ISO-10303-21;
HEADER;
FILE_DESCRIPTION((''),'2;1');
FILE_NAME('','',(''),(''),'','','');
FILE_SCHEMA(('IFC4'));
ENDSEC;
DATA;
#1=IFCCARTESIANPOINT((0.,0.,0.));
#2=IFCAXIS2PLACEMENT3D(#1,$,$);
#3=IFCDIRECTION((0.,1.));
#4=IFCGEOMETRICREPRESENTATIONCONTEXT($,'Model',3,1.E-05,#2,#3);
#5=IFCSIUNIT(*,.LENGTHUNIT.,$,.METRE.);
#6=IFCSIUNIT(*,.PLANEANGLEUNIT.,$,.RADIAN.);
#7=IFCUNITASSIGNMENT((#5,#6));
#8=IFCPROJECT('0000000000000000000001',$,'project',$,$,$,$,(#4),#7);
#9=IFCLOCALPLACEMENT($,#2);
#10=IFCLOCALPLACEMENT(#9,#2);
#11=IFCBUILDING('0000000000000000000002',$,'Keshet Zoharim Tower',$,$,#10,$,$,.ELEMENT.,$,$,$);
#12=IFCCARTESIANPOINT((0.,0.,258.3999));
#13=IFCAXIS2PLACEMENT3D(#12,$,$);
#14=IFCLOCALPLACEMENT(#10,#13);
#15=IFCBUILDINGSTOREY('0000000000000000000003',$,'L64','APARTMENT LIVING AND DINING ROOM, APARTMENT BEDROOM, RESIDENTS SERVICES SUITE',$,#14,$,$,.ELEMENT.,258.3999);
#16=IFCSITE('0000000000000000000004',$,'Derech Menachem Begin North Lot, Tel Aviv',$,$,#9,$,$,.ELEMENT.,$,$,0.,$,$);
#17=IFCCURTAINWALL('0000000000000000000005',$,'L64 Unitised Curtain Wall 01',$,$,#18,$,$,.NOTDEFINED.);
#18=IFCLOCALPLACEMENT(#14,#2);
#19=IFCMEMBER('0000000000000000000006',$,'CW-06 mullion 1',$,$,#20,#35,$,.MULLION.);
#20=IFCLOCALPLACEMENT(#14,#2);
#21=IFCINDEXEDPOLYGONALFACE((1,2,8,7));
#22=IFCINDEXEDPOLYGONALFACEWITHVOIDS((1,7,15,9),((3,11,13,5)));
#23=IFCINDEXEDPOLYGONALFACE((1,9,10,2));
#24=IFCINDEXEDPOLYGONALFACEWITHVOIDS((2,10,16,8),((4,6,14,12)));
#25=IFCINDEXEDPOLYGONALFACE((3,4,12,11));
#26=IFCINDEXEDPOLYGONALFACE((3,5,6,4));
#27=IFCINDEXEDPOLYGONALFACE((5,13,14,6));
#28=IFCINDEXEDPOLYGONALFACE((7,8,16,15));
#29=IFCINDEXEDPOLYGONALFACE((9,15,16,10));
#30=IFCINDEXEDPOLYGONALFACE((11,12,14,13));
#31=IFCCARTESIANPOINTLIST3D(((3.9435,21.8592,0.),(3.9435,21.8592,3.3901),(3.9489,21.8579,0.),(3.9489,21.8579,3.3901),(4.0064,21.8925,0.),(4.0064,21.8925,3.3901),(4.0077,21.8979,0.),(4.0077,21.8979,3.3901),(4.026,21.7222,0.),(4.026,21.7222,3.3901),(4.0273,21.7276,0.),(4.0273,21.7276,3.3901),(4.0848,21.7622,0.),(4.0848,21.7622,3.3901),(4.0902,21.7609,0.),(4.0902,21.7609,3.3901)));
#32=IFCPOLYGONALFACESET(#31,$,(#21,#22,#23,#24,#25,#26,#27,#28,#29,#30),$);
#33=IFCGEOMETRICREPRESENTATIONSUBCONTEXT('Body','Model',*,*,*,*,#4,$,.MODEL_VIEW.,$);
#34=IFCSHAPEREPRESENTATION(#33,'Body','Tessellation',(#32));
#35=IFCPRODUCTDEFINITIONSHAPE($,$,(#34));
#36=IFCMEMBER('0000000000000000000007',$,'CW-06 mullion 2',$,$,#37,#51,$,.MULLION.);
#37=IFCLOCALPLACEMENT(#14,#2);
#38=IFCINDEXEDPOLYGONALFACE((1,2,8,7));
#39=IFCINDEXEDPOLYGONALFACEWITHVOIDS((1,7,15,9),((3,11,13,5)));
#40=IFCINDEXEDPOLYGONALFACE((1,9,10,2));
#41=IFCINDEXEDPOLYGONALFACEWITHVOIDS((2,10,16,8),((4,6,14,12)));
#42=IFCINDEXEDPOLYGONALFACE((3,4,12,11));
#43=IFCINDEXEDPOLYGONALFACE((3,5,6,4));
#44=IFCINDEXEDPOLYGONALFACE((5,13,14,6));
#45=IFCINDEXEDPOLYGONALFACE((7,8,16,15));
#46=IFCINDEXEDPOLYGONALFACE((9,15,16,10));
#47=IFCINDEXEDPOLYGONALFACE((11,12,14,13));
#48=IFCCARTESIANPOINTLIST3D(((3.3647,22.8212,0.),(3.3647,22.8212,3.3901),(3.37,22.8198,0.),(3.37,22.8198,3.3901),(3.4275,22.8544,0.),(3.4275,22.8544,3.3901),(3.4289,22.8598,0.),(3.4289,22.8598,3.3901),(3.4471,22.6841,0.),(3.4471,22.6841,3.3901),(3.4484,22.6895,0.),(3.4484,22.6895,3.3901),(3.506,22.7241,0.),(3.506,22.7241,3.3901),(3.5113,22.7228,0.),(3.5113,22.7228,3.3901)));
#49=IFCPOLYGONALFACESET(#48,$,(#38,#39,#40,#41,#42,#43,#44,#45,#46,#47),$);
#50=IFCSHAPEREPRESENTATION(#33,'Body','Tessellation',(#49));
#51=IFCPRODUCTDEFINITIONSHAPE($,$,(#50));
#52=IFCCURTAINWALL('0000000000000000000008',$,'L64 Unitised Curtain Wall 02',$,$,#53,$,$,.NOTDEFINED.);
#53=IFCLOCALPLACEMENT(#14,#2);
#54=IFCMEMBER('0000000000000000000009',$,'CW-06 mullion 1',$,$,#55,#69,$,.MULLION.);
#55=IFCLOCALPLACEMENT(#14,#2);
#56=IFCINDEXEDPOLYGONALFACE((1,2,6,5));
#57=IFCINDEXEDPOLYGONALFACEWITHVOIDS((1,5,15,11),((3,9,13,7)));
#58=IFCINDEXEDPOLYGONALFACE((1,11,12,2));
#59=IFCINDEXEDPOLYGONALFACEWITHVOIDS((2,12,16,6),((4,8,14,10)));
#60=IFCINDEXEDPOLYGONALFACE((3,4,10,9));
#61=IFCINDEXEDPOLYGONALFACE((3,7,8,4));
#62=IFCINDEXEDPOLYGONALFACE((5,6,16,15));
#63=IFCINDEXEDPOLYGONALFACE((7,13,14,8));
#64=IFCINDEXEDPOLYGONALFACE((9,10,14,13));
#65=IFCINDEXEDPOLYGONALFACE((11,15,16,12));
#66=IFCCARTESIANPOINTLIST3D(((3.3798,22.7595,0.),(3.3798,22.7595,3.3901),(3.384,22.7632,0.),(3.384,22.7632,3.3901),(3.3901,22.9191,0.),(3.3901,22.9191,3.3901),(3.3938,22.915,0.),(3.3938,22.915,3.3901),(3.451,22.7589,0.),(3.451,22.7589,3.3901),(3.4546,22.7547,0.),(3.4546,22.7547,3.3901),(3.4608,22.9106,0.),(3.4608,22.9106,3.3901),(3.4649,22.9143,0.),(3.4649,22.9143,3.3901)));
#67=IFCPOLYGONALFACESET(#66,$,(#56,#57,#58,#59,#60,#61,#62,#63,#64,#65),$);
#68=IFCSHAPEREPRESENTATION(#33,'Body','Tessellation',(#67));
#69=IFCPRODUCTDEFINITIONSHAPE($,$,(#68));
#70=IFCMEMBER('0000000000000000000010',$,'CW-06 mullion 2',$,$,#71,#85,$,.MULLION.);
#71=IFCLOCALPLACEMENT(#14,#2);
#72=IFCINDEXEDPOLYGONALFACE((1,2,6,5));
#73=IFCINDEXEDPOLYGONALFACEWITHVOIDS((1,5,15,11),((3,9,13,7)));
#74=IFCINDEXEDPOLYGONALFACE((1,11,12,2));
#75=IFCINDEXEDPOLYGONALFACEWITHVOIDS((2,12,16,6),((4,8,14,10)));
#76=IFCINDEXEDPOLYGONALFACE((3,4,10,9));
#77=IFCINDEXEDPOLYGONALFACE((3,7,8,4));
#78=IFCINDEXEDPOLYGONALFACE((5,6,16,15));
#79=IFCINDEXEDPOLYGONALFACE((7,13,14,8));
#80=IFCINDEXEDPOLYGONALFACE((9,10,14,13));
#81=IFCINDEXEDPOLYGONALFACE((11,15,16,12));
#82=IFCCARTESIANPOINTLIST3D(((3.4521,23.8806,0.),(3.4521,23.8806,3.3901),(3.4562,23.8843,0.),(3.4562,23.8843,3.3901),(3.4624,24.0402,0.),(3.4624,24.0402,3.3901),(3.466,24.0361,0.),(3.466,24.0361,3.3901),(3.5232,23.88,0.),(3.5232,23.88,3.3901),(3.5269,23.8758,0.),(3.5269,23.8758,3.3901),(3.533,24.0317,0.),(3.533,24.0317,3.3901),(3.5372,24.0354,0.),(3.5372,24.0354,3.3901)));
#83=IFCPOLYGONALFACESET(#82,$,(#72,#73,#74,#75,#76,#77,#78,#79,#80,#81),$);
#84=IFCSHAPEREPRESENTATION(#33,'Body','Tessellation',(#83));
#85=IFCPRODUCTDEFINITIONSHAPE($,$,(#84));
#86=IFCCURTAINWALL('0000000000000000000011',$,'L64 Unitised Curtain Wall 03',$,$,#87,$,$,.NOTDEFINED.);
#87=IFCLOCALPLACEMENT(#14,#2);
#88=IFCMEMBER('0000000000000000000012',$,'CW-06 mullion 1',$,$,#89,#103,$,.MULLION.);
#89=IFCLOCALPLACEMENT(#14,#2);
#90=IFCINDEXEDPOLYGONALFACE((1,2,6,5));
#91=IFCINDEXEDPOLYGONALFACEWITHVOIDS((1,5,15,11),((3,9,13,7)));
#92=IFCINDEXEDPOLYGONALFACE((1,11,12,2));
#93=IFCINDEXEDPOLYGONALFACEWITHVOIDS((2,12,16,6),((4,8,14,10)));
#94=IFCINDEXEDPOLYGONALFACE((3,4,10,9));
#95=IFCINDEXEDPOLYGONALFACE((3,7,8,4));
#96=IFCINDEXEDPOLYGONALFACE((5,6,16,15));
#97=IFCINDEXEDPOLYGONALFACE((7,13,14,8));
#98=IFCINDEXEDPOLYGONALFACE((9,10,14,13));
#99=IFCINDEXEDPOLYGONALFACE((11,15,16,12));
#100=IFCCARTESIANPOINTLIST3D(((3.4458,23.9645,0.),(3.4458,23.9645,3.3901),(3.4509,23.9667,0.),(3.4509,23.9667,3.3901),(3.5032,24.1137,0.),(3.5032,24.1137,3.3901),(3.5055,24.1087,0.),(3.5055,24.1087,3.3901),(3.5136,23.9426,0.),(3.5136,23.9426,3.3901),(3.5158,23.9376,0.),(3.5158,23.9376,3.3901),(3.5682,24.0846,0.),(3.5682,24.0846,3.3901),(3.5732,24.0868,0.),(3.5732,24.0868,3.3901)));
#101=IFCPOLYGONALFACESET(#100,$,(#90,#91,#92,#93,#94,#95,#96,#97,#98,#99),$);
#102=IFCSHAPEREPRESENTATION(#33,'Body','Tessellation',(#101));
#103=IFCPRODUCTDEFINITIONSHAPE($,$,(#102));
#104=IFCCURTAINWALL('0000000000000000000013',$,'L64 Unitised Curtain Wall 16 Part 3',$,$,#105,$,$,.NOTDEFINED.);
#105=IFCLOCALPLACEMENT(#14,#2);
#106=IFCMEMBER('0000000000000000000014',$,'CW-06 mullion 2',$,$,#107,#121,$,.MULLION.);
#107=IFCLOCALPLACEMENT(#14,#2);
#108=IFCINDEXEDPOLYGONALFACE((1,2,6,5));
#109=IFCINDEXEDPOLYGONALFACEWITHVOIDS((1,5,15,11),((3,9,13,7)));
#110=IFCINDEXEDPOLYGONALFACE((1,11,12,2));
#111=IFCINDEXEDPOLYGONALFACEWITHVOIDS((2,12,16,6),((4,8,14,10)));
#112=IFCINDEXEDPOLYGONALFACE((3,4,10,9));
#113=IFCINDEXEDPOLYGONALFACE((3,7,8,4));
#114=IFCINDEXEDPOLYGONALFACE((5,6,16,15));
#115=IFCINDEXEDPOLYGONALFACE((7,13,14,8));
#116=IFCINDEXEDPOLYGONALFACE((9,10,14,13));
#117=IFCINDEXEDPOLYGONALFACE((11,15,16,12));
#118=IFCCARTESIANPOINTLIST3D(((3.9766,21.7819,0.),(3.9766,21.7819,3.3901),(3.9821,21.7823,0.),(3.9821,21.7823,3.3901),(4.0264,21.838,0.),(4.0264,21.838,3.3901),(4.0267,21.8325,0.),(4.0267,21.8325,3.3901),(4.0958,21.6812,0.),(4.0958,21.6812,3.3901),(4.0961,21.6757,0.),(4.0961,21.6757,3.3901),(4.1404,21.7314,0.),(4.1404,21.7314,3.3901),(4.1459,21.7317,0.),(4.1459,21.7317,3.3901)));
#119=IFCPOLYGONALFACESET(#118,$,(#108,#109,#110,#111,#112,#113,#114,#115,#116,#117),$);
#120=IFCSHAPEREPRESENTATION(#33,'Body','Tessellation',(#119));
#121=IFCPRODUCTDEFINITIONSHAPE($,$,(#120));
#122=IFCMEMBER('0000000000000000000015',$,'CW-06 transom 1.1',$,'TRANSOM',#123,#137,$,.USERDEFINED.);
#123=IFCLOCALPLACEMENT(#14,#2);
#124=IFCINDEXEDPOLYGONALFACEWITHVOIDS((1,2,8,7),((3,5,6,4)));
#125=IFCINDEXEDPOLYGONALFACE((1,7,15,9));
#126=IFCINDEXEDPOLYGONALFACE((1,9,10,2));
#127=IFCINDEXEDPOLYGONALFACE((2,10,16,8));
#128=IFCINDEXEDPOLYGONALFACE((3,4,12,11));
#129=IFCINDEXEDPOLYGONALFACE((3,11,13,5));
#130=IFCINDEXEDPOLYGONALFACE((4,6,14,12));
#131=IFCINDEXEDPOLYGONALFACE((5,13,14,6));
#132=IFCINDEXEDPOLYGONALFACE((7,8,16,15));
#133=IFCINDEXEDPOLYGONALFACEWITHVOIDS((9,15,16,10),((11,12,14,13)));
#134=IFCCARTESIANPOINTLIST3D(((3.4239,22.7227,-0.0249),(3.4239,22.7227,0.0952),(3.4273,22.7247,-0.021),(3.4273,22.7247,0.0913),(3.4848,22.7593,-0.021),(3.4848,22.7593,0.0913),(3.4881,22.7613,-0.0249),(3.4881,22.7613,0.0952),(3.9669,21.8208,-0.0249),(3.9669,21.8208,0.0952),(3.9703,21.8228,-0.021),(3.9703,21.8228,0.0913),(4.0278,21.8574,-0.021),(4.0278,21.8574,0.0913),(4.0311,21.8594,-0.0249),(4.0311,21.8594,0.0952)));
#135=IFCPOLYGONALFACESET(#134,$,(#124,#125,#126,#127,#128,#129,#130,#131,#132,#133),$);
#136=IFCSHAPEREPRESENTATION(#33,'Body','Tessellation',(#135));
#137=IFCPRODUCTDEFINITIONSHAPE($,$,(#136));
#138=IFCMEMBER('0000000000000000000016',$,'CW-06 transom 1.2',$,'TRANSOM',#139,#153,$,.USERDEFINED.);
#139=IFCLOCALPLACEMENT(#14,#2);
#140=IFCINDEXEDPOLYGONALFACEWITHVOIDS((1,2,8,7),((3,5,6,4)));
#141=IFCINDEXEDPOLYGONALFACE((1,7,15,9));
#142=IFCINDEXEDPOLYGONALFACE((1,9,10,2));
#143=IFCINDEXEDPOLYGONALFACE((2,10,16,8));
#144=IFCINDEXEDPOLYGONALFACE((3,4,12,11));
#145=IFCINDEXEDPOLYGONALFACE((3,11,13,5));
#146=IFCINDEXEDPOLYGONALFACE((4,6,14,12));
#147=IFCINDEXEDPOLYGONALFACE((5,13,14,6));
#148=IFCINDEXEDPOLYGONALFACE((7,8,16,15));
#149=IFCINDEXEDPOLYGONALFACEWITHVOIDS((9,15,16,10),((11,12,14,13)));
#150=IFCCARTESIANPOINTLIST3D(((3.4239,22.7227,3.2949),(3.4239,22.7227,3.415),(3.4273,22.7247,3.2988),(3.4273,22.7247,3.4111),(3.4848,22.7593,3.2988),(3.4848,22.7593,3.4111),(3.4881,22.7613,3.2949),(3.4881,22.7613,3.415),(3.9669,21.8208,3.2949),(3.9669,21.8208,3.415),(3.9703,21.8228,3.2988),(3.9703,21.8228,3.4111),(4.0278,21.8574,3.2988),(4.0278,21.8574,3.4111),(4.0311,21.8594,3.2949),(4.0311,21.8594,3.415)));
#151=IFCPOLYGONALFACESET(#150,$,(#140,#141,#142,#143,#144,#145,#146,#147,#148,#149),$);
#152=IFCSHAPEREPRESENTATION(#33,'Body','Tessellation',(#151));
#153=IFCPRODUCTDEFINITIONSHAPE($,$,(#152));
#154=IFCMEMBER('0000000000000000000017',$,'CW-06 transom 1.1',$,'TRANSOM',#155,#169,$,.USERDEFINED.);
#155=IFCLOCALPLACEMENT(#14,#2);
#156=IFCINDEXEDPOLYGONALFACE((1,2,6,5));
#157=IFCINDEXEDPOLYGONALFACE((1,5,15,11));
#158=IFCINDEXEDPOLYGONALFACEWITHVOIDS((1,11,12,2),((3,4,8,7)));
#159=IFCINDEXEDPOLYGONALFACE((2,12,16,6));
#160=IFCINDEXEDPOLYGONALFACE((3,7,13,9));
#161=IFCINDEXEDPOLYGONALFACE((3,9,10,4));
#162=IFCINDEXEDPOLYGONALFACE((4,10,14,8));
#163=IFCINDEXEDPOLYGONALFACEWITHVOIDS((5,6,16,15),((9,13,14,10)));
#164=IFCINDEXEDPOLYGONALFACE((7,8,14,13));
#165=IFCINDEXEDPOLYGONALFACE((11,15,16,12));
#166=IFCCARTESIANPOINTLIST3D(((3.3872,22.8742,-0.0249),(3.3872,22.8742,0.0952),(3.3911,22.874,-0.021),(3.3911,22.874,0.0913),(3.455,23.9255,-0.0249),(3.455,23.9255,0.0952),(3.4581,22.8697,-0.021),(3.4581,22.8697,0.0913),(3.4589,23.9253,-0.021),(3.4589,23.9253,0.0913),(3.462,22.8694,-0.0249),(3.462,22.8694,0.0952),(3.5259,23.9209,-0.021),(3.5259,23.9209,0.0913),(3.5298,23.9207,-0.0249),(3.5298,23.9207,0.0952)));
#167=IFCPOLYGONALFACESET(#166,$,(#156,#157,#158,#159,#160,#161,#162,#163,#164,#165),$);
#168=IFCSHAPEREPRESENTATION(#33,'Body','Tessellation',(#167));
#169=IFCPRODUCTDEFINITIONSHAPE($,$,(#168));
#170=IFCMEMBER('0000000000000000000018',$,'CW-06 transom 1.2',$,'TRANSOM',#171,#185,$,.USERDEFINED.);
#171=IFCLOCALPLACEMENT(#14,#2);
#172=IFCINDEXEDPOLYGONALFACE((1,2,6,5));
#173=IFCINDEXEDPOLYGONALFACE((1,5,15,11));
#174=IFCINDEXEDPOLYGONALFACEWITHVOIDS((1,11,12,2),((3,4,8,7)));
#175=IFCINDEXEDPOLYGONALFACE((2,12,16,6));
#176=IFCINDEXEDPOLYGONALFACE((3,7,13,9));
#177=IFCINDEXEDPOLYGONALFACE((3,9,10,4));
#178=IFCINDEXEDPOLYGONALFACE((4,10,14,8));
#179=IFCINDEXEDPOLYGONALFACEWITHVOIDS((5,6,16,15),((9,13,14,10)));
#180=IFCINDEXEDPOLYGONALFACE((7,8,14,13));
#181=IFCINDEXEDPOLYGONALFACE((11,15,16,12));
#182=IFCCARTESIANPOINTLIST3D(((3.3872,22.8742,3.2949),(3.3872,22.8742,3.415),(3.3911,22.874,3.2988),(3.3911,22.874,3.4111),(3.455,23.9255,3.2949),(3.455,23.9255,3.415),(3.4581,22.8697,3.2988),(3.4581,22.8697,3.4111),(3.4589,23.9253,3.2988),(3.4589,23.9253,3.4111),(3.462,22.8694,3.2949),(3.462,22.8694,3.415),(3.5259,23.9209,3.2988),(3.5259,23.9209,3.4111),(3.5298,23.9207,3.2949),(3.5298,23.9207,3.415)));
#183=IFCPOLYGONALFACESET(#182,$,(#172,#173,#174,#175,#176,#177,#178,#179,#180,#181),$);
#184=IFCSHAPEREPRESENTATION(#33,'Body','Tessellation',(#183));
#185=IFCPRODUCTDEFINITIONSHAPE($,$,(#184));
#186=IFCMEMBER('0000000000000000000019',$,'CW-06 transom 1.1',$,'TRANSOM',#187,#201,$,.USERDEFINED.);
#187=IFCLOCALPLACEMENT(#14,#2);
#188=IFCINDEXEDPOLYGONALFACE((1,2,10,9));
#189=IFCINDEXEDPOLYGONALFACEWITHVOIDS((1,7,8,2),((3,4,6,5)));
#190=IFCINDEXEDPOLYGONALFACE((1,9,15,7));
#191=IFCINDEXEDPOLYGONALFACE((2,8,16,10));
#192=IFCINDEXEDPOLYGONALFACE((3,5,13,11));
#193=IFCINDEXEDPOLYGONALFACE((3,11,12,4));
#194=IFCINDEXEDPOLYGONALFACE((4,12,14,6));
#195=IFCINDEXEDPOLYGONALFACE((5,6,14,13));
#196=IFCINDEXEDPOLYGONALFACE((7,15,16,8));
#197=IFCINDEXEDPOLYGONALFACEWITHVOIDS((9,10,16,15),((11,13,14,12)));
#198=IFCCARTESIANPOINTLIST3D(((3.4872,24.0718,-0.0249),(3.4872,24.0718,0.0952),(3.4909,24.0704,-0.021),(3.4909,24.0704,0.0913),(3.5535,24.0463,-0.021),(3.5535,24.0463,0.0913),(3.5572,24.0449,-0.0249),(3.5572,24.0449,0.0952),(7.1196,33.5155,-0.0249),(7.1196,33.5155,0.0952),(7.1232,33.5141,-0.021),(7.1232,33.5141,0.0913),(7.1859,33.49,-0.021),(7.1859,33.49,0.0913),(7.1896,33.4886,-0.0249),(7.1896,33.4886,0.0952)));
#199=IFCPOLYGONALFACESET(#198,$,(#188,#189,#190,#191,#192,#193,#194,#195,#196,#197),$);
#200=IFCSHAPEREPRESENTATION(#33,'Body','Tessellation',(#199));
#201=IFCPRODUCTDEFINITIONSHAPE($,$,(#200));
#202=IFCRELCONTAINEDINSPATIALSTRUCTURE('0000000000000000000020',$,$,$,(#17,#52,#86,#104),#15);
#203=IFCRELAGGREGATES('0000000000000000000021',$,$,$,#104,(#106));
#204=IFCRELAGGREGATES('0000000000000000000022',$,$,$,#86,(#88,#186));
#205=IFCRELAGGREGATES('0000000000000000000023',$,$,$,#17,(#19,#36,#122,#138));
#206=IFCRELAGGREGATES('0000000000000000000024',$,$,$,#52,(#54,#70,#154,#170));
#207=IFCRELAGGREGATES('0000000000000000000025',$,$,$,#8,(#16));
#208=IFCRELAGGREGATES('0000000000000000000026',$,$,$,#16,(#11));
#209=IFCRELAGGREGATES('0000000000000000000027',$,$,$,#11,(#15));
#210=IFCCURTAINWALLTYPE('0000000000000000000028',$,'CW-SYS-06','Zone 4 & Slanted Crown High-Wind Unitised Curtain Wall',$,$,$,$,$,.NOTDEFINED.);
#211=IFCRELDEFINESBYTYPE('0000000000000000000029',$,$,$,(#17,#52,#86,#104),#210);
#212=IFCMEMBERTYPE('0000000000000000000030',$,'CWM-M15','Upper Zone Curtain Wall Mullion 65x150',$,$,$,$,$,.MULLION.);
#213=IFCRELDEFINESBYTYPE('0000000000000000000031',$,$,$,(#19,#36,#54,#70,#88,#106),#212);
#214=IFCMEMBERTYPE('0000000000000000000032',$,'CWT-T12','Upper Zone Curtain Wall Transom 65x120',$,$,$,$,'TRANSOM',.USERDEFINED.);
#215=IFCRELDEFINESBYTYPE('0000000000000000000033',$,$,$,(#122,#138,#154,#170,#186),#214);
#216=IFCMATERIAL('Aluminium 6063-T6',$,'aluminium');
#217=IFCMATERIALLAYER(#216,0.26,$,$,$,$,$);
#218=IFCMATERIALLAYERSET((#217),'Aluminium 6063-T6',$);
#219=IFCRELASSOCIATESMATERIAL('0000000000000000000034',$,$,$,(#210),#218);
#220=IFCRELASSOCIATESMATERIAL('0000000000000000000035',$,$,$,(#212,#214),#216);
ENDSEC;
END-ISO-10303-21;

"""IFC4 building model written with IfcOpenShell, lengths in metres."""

from ifc_helpers import new_model, si_unit, direction, frame, origin, origin_2d, place, context, subcontext, project, spatial, hollow_rectangle, extrude, material, layer, layer_set, material_profile, profile_set, type_object, element, aggregate, save


model = new_model("IFC4")

# Units and contexts
model_context = context("Model", 3, precision=1e-05, world=origin(), true_north=direction((0.0, 1.0)))
body_context = subcontext(model_context, "Body", "Model", "MODEL_VIEW")
ifc_project = project(units=[si_unit("LENGTHUNIT", "METRE"), si_unit("PLANEANGLEUNIT", "RADIAN")], contexts=[model_context])

# Site, building, storey
site_placement = place(None, origin())
site = spatial("IfcSite", under=ifc_project, at=site_placement, Name="Derech Menachem Begin North Lot, Tel Aviv", CompositionType="ELEMENT", RefElevation=0.0)
building_placement = place(site_placement, origin())
building = spatial("IfcBuilding", under=site, at=building_placement, Name="Keshet Zoharim Tower", CompositionType="ELEMENT")
storey_placement = place(building_placement, frame((0.0, 0.0, 258.3999)))
storey = spatial("IfcBuildingStorey", under=building, at=storey_placement, Name="L64", Description="APARTMENT LIVING AND DINING ROOM, APARTMENT BEDROOM, RESIDENTS SERVICES SUITE", CompositionType="ELEMENT", Elevation=258.3999)

# Curtain walls, members
ifc_material_1 = material(Name="Aluminium 6063-T6", Category="aluminium")
ifc_layer_1 = layer(ifc_material_1, 0.26)
ifc_layer_set_1 = layer_set([ifc_layer_1], Name="Aluminium 6063-T6")
curtain_wall_type = type_object("IfcCurtainWallType", Name="CW-SYS-06", Description="Zone 4 & Slanted Crown High-Wind Unitised Curtain Wall", PredefinedType="NOTDEFINED", material=ifc_layer_set_1)
curtain_wall_1_placement = place(storey_placement, origin())
curtain_wall_1 = element("IfcCurtainWall", 1, at=curtain_wall_1_placement, inside=storey, type_object=curtain_wall_type, Name="L64 Unitised Curtain Wall 01", PredefinedType="NOTDEFINED")
ifc_material_profile_1 = material_profile(ifc_material_1, hollow_rectangle(XDim=0.075, YDim=0.1599, WallThickness=0.0039, at=origin_2d()), Name="MUL-75x160")
ifc_profile_set_1 = profile_set([ifc_material_profile_1], Name="Aluminium 6063-T6")
member_type_1 = type_object("IfcMemberType", Name="CWM-M15", Description="Upper Zone Curtain Wall Mullion 65x150", PredefinedType="MULLION", material=ifc_profile_set_1)
member_1_placement = place(storey_placement, frame((4.0168, 21.8101, 0.0), z_axis=(0.0, 0.0, 1.0), x_axis=(-0.856826, -0.515605, 0.0)))
member_1 = element("IfcMember", 2, at=member_1_placement, type_object=member_type_1, Name="CW-06 mullion 1", PredefinedType="MULLION", context=body_context, shape_type="SweptSolid", body=[
    extrude(hollow_rectangle(XDim=0.075, YDim=0.1599, WallThickness=0.0039, at=origin_2d()), origin(), (0.0, 0.0, 1.0), 3.3901),
])
member_2_placement = place(storey_placement, frame((3.438, 22.772, 0.0), z_axis=(0.0, 0.0, 1.0), x_axis=(-0.856826, -0.515605, 0.0)))
member_2 = element("IfcMember", 3, at=member_2_placement, type_object=member_type_1, Name="CW-06 mullion 2", PredefinedType="MULLION", context=body_context, shape_type="SweptSolid", body=[
    extrude(hollow_rectangle(XDim=0.075, YDim=0.1599, WallThickness=0.0039, at=origin_2d()), origin(), (0.0, 0.0, 1.0), 3.3901),
])
curtain_wall_2_placement = place(storey_placement, origin())
curtain_wall_2 = element("IfcCurtainWall", 4, at=curtain_wall_2_placement, inside=storey, type_object=curtain_wall_type, Name="L64 Unitised Curtain Wall 02", PredefinedType="NOTDEFINED")
member_3_placement = place(storey_placement, frame((3.4224, 22.8369, 0.0), z_axis=(0.0, 0.0, 1.0), x_axis=(-0.997917, 0.064517, 0.0)))
member_3 = element("IfcMember", 5, at=member_3_placement, type_object=member_type_1, Name="CW-06 mullion 1", PredefinedType="MULLION", context=body_context, shape_type="SweptSolid", body=[
    extrude(hollow_rectangle(XDim=0.075, YDim=0.1599, WallThickness=0.0039, at=origin_2d()), origin(), (0.0, 0.0, 1.0), 3.3901),
])
member_4_placement = place(storey_placement, frame((3.4946, 23.958, 0.0), z_axis=(0.0, 0.0, 1.0), x_axis=(-0.997917, 0.064517, 0.0)))
member_4 = element("IfcMember", 6, at=member_4_placement, type_object=member_type_1, Name="CW-06 mullion 2", PredefinedType="MULLION", context=body_context, shape_type="SweptSolid", body=[
    extrude(hollow_rectangle(XDim=0.075, YDim=0.1599, WallThickness=0.0039, at=origin_2d()), origin(), (0.0, 0.0, 1.0), 3.3901),
])

# Curtain walls, members
curtain_wall_3_placement = place(storey_placement, origin())
curtain_wall_3 = element("IfcCurtainWall", 7, at=curtain_wall_3_placement, inside=storey, type_object=curtain_wall_type, Name="L64 Unitised Curtain Wall 03", PredefinedType="NOTDEFINED")
member_5_placement = place(storey_placement, frame((3.5095, 24.0256, 0.0), z_axis=(0.0, 0.0, 1.0), x_axis=(-0.933341, 0.35899, 0.0)))
member_5 = element("IfcMember", 8, at=member_5_placement, type_object=member_type_1, Name="CW-06 mullion 1", PredefinedType="MULLION", context=body_context, shape_type="SweptSolid", body=[
    extrude(hollow_rectangle(XDim=0.075, YDim=0.1599, WallThickness=0.0039, at=origin_2d()), origin(), (0.0, 0.0, 1.0), 3.3901),
])
curtain_wall_4_placement = place(storey_placement, origin())
curtain_wall_4 = element("IfcCurtainWall", 9, at=curtain_wall_4_placement, inside=storey, type_object=curtain_wall_type, Name="L64 Unitised Curtain Wall 16 Part 3", PredefinedType="NOTDEFINED")
member_6_placement = place(storey_placement, frame((4.0613, 21.7568, 0.0), z_axis=(0.0, 0.0, 1.0), x_axis=(-0.664364, -0.747409, 0.0)))
member_6 = element("IfcMember", 10, at=member_6_placement, type_object=member_type_1, Name="CW-06 mullion 2", PredefinedType="MULLION", context=body_context, shape_type="SweptSolid", body=[
    extrude(hollow_rectangle(XDim=0.075, YDim=0.1599, WallThickness=0.0039, at=origin_2d()), origin(), (0.0, 0.0, 1.0), 3.3901),
])
aggregate(curtain_wall_4, [member_6])

# Members
ifc_material_profile_2 = material_profile(ifc_material_1, hollow_rectangle(XDim=0.075, YDim=0.1201, WallThickness=0.0039, at=origin_2d()), Name="TRN-75x120")
ifc_profile_set_2 = profile_set([ifc_material_profile_2], Name="Aluminium 6063-T6")
member_type_2 = type_object("IfcMemberType", Name="CWT-T12", Description="Upper Zone Curtain Wall Transom 65x120", ElementType="TRANSOM", PredefinedType="USERDEFINED", material=ifc_profile_set_2)
member_7_placement = place(storey_placement, frame((3.999, 21.8401, 0.0352), z_axis=(-0.515791, 0.856714, 0.0), x_axis=(-0.856714, -0.515791, 0.0)))
member_7 = element("IfcMember", 11, at=member_7_placement, type_object=member_type_2, Name="CW-06 transom 1.1", ObjectType="TRANSOM", PredefinedType="USERDEFINED", context=body_context, shape_type="SweptSolid", body=[
    extrude(hollow_rectangle(XDim=0.075, YDim=0.1201, WallThickness=0.0039, at=origin_2d()), origin(), (0.0, 0.0, 1.0), 1.0527),
])
member_8_placement = place(storey_placement, frame((3.999, 21.8401, 3.355), z_axis=(-0.515791, 0.856714, 0.0), x_axis=(-0.856714, -0.515791, 0.0)))
member_8 = element("IfcMember", 12, at=member_8_placement, type_object=member_type_2, Name="CW-06 transom 1.2", ObjectType="TRANSOM", PredefinedType="USERDEFINED", context=body_context, shape_type="SweptSolid", body=[
    extrude(hollow_rectangle(XDim=0.075, YDim=0.1201, WallThickness=0.0039, at=origin_2d()), origin(), (0.0, 0.0, 1.0), 1.0527),
])
member_9_placement = place(storey_placement, frame((3.4246, 22.8718, 0.0352), z_axis=(0.064427, 0.997922, 0.0), x_axis=(-0.997922, 0.064427, 0.0)))
member_9 = element("IfcMember", 13, at=member_9_placement, type_object=member_type_2, Name="CW-06 transom 1.1", ObjectType="TRANSOM", PredefinedType="USERDEFINED", context=body_context, shape_type="SweptSolid", body=[
    extrude(hollow_rectangle(XDim=0.075, YDim=0.1201, WallThickness=0.0039, at=origin_2d()), origin(), (0.0, 0.0, 1.0), 1.0535),
])
member_10_placement = place(storey_placement, frame((3.4246, 22.8718, 3.355), z_axis=(0.064427, 0.997922, 0.0), x_axis=(-0.997922, 0.064427, 0.0)))
member_10 = element("IfcMember", 14, at=member_10_placement, type_object=member_type_2, Name="CW-06 transom 1.2", ObjectType="TRANSOM", PredefinedType="USERDEFINED", context=body_context, shape_type="SweptSolid", body=[
    extrude(hollow_rectangle(XDim=0.075, YDim=0.1201, WallThickness=0.0039, at=origin_2d()), origin(), (0.0, 0.0, 1.0), 1.0535),
])
member_11_placement = place(storey_placement, frame((3.5222, 24.0583, 0.0352), z_axis=(0.358994, 0.93334, 0.0), x_axis=(-0.93334, 0.358994, 0.0)))
member_11 = element("IfcMember", 15, at=member_11_placement, type_object=member_type_2, Name="CW-06 transom 1.1", ObjectType="TRANSOM", PredefinedType="USERDEFINED", context=body_context, shape_type="SweptSolid", body=[
    extrude(hollow_rectangle(XDim=0.075, YDim=0.1201, WallThickness=0.0039, at=origin_2d()), origin(), (0.0, 0.0, 1.0), 10.1182),
])
aggregate(curtain_wall_3, [member_5, member_11])

aggregate(curtain_wall_1, [member_1, member_2, member_7, member_8])
aggregate(curtain_wall_2, [member_3, member_4, member_9, member_10])

save(model, "model.ifc")
